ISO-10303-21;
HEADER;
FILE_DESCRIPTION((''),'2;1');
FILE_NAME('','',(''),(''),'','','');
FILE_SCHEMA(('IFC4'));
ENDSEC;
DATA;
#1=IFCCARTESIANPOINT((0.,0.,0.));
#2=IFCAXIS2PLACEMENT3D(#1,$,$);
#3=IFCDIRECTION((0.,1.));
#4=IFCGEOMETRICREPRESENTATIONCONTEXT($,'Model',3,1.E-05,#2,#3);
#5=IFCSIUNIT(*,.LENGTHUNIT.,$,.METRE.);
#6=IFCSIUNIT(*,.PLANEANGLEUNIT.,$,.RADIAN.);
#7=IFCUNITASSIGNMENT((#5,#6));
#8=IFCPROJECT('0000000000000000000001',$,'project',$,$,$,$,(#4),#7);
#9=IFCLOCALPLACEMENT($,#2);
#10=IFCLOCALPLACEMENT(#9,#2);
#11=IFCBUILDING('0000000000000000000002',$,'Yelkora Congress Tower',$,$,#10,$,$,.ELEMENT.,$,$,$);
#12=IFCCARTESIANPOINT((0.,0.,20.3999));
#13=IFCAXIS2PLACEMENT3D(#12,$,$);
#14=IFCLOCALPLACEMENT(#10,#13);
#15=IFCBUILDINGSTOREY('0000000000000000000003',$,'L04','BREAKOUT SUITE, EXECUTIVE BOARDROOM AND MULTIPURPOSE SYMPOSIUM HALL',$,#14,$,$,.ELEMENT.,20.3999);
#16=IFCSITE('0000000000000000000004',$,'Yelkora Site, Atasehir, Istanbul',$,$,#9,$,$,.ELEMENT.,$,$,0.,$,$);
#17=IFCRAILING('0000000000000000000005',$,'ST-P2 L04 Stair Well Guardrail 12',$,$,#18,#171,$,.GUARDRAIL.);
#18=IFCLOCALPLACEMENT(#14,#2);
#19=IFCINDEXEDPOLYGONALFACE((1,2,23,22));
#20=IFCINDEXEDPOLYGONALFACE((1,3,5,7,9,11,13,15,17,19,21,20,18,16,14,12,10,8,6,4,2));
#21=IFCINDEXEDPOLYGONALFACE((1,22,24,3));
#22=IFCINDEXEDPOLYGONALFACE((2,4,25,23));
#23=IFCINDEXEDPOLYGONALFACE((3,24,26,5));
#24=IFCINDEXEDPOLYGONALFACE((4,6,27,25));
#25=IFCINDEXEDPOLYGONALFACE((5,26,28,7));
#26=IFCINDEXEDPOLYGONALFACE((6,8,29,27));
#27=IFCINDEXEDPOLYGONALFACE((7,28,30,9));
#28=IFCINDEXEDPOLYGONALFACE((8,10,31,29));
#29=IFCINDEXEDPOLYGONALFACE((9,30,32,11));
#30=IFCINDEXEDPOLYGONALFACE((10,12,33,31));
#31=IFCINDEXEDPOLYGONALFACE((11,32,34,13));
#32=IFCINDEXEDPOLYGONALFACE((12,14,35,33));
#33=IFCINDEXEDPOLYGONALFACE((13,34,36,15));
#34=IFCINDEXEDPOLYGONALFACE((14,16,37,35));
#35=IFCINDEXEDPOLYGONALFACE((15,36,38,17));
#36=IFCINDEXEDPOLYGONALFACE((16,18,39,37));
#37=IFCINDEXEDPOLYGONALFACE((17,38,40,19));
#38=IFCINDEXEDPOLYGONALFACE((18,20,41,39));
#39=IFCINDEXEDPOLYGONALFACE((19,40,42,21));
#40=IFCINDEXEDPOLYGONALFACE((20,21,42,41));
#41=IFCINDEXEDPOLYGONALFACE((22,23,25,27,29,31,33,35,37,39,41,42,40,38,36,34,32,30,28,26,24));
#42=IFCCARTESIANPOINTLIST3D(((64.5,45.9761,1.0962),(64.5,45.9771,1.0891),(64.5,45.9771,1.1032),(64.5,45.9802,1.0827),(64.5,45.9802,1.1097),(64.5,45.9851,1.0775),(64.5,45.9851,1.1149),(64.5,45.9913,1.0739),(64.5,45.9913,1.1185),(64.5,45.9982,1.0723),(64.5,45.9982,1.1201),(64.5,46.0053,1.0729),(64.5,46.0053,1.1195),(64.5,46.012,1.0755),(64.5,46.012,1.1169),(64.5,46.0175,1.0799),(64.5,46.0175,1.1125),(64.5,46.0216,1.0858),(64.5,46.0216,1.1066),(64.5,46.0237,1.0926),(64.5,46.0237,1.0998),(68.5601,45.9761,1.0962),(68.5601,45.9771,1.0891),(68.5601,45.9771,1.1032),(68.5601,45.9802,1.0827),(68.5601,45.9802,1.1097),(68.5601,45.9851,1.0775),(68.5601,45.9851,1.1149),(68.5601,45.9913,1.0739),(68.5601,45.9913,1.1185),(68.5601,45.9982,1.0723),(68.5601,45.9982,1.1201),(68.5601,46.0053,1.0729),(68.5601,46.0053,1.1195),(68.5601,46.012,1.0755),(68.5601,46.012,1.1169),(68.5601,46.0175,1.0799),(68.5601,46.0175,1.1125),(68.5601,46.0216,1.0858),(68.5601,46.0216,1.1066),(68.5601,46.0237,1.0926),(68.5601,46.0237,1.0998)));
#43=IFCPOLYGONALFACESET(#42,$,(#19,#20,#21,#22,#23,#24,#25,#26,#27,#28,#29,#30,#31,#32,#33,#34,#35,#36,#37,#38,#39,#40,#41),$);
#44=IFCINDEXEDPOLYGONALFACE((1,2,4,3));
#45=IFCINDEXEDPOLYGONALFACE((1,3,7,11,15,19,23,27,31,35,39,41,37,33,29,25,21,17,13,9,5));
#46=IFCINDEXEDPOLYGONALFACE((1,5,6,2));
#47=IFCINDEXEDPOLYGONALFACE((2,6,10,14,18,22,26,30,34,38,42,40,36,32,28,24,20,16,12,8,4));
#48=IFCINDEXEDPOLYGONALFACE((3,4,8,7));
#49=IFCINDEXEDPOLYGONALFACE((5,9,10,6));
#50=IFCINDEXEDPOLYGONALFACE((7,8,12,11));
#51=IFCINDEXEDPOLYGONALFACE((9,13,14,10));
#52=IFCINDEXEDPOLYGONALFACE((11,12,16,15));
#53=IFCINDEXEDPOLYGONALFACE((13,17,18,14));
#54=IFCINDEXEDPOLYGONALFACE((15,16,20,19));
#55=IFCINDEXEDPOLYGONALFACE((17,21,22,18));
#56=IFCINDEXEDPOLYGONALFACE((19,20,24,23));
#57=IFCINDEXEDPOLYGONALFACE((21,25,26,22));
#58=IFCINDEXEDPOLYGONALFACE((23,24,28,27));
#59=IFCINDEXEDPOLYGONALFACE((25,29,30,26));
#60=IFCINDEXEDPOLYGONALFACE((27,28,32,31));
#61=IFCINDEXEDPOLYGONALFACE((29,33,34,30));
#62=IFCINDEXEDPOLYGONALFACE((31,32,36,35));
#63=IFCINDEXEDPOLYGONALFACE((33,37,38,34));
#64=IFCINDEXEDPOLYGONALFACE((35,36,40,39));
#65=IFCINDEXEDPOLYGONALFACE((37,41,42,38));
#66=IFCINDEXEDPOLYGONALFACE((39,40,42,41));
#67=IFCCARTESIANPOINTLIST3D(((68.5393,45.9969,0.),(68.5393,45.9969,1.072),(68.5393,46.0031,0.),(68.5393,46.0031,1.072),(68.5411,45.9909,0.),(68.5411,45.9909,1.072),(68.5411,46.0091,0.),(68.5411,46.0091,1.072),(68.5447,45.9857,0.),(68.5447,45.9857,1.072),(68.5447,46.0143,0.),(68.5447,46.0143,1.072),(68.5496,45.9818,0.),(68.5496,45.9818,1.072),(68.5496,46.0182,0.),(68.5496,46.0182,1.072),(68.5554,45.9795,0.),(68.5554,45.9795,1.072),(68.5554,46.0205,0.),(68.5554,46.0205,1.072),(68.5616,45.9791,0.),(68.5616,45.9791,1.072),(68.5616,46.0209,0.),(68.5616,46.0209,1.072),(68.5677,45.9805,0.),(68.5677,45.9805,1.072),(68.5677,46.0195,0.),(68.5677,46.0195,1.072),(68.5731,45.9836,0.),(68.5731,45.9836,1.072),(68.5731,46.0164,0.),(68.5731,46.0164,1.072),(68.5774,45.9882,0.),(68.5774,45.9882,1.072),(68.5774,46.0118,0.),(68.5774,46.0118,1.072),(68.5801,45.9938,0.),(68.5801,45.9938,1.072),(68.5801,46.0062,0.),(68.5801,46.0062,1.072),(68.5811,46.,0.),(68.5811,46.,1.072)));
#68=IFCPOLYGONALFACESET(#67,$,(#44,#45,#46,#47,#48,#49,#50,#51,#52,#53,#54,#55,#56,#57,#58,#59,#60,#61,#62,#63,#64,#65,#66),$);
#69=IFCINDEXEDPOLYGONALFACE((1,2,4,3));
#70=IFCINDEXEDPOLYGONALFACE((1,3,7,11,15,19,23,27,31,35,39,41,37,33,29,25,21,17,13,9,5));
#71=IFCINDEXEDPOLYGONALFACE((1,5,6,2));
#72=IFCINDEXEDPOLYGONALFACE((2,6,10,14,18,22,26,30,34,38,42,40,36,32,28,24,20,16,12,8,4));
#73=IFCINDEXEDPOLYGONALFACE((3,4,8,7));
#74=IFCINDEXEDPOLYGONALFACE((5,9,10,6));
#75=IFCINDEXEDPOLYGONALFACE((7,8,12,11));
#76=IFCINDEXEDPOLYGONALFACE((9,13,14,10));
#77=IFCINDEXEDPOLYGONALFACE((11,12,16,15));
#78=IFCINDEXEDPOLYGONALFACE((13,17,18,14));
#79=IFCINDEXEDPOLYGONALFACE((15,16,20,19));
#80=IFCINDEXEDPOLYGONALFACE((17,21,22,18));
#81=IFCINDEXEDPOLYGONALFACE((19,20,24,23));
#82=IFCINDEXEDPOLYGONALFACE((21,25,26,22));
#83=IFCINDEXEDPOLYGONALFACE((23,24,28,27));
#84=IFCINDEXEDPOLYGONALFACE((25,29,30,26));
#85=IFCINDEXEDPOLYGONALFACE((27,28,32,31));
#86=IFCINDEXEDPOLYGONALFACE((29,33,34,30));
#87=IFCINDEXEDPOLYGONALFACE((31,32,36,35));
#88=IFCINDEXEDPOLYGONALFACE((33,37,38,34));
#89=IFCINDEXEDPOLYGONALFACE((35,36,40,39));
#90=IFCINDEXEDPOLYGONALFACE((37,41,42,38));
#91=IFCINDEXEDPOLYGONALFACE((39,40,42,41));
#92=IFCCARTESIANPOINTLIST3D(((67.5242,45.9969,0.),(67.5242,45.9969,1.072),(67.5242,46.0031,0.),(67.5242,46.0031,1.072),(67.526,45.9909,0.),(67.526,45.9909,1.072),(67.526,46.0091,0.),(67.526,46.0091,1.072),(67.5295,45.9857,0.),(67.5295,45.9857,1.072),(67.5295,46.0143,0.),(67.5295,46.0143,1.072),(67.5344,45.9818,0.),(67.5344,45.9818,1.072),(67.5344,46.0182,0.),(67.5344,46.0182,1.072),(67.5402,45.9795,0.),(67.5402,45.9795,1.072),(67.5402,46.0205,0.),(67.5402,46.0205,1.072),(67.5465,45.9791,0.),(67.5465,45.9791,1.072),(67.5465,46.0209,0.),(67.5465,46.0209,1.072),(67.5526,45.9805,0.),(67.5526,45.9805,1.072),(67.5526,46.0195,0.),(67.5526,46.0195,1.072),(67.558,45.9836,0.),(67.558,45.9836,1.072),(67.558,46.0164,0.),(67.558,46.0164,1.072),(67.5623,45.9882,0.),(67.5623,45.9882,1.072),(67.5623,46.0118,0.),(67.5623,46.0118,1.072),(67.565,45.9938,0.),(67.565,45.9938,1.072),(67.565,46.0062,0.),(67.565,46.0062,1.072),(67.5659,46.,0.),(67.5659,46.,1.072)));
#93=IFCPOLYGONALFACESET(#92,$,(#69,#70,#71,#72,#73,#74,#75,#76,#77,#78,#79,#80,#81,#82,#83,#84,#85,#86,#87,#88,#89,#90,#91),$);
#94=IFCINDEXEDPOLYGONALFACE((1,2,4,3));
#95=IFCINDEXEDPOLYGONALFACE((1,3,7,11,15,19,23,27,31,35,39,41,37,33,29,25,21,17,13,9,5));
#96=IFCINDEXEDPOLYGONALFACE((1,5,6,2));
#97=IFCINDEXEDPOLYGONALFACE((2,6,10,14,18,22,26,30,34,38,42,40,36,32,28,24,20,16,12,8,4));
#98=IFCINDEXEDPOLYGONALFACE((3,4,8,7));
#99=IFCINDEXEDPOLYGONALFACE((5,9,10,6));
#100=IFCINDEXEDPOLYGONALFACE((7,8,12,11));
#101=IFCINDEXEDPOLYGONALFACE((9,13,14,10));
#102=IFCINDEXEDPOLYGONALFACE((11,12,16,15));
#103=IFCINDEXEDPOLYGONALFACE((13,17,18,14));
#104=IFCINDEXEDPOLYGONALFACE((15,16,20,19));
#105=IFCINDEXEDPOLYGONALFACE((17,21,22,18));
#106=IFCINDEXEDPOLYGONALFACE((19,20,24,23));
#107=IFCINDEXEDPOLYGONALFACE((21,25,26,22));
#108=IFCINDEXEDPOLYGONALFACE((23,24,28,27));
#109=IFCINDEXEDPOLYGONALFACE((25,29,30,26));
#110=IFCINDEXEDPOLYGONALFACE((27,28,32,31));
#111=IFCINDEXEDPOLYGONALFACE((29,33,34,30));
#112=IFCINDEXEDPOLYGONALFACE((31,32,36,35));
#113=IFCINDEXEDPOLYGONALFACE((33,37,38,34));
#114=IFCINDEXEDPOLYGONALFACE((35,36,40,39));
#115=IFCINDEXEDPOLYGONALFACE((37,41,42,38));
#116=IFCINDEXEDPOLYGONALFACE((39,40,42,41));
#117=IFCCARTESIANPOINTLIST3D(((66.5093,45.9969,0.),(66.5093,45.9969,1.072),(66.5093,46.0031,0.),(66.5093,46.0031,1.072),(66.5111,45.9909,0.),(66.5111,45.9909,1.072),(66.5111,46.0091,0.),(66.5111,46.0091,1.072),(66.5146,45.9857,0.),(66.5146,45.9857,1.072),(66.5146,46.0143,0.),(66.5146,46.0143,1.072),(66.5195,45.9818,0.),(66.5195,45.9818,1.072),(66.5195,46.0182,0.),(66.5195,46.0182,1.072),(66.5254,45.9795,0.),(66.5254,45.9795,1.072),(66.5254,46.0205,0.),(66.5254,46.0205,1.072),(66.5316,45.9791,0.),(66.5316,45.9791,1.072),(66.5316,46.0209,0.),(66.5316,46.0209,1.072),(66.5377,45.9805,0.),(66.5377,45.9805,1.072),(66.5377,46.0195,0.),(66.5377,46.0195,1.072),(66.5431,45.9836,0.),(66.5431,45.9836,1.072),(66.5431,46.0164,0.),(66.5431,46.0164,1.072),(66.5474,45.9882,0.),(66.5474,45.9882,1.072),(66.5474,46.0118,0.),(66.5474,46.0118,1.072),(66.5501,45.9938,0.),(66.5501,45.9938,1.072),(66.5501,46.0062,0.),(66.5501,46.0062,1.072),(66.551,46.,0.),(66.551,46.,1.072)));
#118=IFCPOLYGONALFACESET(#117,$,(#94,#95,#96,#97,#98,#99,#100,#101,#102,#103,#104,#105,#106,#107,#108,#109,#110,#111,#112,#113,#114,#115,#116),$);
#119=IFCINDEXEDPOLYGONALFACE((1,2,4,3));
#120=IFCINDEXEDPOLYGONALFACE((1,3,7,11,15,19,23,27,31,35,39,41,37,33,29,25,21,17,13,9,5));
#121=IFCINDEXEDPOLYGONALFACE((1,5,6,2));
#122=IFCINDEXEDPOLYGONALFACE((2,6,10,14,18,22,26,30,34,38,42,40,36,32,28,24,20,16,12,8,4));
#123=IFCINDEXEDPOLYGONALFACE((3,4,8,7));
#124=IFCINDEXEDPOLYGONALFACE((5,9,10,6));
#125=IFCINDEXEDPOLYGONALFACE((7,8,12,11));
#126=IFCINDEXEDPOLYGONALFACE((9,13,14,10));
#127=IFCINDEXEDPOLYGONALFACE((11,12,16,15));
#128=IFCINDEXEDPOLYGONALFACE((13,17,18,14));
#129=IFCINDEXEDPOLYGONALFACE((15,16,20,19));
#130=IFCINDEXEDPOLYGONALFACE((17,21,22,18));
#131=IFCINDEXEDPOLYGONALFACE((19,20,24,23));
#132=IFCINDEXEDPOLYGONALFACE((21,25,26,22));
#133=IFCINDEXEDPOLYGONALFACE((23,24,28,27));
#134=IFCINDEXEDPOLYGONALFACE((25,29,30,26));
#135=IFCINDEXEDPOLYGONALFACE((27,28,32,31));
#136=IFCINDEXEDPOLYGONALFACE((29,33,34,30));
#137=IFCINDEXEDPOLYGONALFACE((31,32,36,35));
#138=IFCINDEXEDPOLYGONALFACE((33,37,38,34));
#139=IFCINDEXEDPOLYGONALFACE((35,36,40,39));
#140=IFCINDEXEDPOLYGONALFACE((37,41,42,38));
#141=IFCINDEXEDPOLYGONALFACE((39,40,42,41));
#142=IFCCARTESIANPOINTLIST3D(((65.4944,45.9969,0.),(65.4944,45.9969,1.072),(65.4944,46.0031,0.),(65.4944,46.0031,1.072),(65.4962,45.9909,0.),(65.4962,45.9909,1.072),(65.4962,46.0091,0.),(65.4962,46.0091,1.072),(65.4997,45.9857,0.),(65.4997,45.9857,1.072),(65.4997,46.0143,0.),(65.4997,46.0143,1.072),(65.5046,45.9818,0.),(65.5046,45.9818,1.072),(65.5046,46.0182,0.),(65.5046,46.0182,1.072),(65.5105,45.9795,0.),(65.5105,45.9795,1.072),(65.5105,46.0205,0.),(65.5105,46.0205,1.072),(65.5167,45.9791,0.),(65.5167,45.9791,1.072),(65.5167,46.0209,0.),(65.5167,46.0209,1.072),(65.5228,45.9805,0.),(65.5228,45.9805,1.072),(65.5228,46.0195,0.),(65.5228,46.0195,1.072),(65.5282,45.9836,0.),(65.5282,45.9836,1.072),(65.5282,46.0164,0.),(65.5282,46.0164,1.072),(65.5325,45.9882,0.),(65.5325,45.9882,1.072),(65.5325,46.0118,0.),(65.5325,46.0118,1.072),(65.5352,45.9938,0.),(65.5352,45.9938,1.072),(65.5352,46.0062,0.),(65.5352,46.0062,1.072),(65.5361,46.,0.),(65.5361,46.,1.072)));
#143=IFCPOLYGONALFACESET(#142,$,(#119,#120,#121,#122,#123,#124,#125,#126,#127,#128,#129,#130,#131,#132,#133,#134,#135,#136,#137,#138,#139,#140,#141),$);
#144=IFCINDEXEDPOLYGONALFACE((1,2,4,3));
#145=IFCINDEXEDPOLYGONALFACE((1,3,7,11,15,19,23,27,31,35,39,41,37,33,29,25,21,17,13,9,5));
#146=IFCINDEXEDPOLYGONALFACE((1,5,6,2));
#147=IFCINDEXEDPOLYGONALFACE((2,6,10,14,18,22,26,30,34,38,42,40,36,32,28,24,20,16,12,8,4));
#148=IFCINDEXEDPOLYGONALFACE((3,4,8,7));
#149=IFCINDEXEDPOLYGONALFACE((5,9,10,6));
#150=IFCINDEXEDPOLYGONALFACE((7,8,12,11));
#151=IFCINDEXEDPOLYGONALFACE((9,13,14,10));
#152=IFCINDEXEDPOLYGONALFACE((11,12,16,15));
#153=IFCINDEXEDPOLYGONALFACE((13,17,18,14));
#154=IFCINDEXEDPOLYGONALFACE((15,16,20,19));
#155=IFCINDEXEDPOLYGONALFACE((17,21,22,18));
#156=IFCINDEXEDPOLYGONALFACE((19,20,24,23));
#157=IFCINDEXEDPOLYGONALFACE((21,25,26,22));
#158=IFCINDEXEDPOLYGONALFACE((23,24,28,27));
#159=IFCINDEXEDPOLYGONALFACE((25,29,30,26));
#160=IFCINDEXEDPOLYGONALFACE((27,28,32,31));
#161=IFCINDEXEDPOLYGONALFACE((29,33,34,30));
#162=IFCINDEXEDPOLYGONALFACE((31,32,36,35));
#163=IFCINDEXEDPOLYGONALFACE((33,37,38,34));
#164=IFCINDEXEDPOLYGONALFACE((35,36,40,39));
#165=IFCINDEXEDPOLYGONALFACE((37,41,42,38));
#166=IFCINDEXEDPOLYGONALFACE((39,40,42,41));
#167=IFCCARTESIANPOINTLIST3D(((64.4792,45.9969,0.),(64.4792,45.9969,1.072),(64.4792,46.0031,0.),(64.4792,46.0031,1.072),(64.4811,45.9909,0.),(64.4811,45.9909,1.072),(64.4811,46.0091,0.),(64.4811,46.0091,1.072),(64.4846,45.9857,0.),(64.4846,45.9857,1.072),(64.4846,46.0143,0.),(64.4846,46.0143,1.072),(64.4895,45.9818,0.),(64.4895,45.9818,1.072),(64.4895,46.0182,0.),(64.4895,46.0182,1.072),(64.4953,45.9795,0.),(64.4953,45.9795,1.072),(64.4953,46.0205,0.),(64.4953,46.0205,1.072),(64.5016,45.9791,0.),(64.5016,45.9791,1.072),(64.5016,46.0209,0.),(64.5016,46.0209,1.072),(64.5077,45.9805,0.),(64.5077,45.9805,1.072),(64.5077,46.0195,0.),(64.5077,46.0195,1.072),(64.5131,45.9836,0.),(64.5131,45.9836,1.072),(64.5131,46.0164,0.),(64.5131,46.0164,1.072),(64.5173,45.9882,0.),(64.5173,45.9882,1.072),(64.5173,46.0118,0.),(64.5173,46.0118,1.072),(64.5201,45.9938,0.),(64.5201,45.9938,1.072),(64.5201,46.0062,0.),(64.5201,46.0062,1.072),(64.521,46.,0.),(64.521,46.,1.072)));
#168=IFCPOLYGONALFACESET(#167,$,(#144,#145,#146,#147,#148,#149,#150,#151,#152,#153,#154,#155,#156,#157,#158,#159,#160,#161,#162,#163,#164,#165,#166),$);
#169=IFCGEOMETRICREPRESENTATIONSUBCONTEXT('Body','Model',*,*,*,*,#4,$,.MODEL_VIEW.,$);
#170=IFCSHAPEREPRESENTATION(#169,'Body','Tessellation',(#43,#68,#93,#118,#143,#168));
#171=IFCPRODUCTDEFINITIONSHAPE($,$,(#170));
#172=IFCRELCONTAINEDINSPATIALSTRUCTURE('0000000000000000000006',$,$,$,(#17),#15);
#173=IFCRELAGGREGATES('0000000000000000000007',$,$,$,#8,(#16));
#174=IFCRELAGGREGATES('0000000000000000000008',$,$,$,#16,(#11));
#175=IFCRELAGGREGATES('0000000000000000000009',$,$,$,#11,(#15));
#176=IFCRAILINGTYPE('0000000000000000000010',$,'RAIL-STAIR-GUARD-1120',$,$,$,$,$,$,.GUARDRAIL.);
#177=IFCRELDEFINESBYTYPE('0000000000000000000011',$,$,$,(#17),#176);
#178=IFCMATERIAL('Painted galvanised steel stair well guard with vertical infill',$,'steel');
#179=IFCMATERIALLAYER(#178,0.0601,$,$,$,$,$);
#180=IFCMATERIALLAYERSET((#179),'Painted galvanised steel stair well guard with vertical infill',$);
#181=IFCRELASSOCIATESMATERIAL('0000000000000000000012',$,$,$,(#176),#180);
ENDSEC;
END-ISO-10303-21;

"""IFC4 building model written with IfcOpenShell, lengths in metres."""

from ifc_helpers import new_model, si_unit, direction, frame, origin, origin_2d, place, context, subcontext, project, spatial, circle, extrude, material, layer, layer_set, type_object, element, save


model = new_model("IFC4")

# Units and contexts
model_context = context("Model", 3, precision=1e-05, world=origin(), true_north=direction((0.0, 1.0)))
body_context = subcontext(model_context, "Body", "Model", "MODEL_VIEW")
ifc_project = project(units=[si_unit("LENGTHUNIT", "METRE"), si_unit("PLANEANGLEUNIT", "RADIAN")], contexts=[model_context])

# Site, building, storey
site_placement = place(None, origin())
site = spatial("IfcSite", under=ifc_project, at=site_placement, Name="Yelkora Site, Atasehir, Istanbul", CompositionType="ELEMENT", RefElevation=0.0)
building_placement = place(site_placement, origin())
building = spatial("IfcBuilding", under=site, at=building_placement, Name="Yelkora Congress Tower", CompositionType="ELEMENT")
storey_placement = place(building_placement, frame((0.0, 0.0, 20.3999)))
storey = spatial("IfcBuildingStorey", under=building, at=storey_placement, Name="L04", Description="BREAKOUT SUITE, EXECUTIVE BOARDROOM AND MULTIPURPOSE SYMPOSIUM HALL", CompositionType="ELEMENT", Elevation=20.3999)

# Railing
ifc_material_1 = material(Name="Painted galvanised steel stair well guard with vertical infill", Category="steel")
ifc_layer_1 = layer(ifc_material_1, 0.0601)
ifc_layer_set_1 = layer_set([ifc_layer_1], Name="Painted galvanised steel stair well guard with vertical infill")
railing_type_1 = type_object("IfcRailingType", Name="RAIL-STAIR-GUARD-1120", PredefinedType="GUARDRAIL", material=ifc_layer_set_1)
railing_1_placement = place(storey_placement, frame((68.5601, 46.0, 0.0)))
element("IfcRailing", 1, at=railing_1_placement, inside=storey, type_object=railing_type_1, Name="ST-P2 L04 Stair Well Guardrail 12", PredefinedType="GUARDRAIL", context=body_context, shape_type="SweptSolid", body=[
    extrude(circle(Radius=0.0239, at=origin_2d()), frame((0.0, 0.0, 1.0962), z_axis=(-1.0, 0.0, 0.0), x_axis=(0.0, -1.0, 0.0)), (0.0, 0.0, 1.0), 4.0601),
    extrude(circle(Radius=0.021, at=origin_2d()), origin(), (0.0, 0.0, 1.0), 1.072),
    extrude(circle(Radius=0.021, at=origin_2d()), frame((-1.0151, 0.0, 0.0)), (0.0, 0.0, 1.0), 1.072),
    extrude(circle(Radius=0.021, at=origin_2d()), frame((-2.03, 0.0, 0.0)), (0.0, 0.0, 1.0), 1.072),
    extrude(circle(Radius=0.021, at=origin_2d()), frame((-3.0449, 0.0, 0.0)), (0.0, 0.0, 1.0), 1.072),
    extrude(circle(Radius=0.021, at=origin_2d()), frame((-4.0601, 0.0, 0.0)), (0.0, 0.0, 1.0), 1.072),
])

save(model, "model.ifc")
